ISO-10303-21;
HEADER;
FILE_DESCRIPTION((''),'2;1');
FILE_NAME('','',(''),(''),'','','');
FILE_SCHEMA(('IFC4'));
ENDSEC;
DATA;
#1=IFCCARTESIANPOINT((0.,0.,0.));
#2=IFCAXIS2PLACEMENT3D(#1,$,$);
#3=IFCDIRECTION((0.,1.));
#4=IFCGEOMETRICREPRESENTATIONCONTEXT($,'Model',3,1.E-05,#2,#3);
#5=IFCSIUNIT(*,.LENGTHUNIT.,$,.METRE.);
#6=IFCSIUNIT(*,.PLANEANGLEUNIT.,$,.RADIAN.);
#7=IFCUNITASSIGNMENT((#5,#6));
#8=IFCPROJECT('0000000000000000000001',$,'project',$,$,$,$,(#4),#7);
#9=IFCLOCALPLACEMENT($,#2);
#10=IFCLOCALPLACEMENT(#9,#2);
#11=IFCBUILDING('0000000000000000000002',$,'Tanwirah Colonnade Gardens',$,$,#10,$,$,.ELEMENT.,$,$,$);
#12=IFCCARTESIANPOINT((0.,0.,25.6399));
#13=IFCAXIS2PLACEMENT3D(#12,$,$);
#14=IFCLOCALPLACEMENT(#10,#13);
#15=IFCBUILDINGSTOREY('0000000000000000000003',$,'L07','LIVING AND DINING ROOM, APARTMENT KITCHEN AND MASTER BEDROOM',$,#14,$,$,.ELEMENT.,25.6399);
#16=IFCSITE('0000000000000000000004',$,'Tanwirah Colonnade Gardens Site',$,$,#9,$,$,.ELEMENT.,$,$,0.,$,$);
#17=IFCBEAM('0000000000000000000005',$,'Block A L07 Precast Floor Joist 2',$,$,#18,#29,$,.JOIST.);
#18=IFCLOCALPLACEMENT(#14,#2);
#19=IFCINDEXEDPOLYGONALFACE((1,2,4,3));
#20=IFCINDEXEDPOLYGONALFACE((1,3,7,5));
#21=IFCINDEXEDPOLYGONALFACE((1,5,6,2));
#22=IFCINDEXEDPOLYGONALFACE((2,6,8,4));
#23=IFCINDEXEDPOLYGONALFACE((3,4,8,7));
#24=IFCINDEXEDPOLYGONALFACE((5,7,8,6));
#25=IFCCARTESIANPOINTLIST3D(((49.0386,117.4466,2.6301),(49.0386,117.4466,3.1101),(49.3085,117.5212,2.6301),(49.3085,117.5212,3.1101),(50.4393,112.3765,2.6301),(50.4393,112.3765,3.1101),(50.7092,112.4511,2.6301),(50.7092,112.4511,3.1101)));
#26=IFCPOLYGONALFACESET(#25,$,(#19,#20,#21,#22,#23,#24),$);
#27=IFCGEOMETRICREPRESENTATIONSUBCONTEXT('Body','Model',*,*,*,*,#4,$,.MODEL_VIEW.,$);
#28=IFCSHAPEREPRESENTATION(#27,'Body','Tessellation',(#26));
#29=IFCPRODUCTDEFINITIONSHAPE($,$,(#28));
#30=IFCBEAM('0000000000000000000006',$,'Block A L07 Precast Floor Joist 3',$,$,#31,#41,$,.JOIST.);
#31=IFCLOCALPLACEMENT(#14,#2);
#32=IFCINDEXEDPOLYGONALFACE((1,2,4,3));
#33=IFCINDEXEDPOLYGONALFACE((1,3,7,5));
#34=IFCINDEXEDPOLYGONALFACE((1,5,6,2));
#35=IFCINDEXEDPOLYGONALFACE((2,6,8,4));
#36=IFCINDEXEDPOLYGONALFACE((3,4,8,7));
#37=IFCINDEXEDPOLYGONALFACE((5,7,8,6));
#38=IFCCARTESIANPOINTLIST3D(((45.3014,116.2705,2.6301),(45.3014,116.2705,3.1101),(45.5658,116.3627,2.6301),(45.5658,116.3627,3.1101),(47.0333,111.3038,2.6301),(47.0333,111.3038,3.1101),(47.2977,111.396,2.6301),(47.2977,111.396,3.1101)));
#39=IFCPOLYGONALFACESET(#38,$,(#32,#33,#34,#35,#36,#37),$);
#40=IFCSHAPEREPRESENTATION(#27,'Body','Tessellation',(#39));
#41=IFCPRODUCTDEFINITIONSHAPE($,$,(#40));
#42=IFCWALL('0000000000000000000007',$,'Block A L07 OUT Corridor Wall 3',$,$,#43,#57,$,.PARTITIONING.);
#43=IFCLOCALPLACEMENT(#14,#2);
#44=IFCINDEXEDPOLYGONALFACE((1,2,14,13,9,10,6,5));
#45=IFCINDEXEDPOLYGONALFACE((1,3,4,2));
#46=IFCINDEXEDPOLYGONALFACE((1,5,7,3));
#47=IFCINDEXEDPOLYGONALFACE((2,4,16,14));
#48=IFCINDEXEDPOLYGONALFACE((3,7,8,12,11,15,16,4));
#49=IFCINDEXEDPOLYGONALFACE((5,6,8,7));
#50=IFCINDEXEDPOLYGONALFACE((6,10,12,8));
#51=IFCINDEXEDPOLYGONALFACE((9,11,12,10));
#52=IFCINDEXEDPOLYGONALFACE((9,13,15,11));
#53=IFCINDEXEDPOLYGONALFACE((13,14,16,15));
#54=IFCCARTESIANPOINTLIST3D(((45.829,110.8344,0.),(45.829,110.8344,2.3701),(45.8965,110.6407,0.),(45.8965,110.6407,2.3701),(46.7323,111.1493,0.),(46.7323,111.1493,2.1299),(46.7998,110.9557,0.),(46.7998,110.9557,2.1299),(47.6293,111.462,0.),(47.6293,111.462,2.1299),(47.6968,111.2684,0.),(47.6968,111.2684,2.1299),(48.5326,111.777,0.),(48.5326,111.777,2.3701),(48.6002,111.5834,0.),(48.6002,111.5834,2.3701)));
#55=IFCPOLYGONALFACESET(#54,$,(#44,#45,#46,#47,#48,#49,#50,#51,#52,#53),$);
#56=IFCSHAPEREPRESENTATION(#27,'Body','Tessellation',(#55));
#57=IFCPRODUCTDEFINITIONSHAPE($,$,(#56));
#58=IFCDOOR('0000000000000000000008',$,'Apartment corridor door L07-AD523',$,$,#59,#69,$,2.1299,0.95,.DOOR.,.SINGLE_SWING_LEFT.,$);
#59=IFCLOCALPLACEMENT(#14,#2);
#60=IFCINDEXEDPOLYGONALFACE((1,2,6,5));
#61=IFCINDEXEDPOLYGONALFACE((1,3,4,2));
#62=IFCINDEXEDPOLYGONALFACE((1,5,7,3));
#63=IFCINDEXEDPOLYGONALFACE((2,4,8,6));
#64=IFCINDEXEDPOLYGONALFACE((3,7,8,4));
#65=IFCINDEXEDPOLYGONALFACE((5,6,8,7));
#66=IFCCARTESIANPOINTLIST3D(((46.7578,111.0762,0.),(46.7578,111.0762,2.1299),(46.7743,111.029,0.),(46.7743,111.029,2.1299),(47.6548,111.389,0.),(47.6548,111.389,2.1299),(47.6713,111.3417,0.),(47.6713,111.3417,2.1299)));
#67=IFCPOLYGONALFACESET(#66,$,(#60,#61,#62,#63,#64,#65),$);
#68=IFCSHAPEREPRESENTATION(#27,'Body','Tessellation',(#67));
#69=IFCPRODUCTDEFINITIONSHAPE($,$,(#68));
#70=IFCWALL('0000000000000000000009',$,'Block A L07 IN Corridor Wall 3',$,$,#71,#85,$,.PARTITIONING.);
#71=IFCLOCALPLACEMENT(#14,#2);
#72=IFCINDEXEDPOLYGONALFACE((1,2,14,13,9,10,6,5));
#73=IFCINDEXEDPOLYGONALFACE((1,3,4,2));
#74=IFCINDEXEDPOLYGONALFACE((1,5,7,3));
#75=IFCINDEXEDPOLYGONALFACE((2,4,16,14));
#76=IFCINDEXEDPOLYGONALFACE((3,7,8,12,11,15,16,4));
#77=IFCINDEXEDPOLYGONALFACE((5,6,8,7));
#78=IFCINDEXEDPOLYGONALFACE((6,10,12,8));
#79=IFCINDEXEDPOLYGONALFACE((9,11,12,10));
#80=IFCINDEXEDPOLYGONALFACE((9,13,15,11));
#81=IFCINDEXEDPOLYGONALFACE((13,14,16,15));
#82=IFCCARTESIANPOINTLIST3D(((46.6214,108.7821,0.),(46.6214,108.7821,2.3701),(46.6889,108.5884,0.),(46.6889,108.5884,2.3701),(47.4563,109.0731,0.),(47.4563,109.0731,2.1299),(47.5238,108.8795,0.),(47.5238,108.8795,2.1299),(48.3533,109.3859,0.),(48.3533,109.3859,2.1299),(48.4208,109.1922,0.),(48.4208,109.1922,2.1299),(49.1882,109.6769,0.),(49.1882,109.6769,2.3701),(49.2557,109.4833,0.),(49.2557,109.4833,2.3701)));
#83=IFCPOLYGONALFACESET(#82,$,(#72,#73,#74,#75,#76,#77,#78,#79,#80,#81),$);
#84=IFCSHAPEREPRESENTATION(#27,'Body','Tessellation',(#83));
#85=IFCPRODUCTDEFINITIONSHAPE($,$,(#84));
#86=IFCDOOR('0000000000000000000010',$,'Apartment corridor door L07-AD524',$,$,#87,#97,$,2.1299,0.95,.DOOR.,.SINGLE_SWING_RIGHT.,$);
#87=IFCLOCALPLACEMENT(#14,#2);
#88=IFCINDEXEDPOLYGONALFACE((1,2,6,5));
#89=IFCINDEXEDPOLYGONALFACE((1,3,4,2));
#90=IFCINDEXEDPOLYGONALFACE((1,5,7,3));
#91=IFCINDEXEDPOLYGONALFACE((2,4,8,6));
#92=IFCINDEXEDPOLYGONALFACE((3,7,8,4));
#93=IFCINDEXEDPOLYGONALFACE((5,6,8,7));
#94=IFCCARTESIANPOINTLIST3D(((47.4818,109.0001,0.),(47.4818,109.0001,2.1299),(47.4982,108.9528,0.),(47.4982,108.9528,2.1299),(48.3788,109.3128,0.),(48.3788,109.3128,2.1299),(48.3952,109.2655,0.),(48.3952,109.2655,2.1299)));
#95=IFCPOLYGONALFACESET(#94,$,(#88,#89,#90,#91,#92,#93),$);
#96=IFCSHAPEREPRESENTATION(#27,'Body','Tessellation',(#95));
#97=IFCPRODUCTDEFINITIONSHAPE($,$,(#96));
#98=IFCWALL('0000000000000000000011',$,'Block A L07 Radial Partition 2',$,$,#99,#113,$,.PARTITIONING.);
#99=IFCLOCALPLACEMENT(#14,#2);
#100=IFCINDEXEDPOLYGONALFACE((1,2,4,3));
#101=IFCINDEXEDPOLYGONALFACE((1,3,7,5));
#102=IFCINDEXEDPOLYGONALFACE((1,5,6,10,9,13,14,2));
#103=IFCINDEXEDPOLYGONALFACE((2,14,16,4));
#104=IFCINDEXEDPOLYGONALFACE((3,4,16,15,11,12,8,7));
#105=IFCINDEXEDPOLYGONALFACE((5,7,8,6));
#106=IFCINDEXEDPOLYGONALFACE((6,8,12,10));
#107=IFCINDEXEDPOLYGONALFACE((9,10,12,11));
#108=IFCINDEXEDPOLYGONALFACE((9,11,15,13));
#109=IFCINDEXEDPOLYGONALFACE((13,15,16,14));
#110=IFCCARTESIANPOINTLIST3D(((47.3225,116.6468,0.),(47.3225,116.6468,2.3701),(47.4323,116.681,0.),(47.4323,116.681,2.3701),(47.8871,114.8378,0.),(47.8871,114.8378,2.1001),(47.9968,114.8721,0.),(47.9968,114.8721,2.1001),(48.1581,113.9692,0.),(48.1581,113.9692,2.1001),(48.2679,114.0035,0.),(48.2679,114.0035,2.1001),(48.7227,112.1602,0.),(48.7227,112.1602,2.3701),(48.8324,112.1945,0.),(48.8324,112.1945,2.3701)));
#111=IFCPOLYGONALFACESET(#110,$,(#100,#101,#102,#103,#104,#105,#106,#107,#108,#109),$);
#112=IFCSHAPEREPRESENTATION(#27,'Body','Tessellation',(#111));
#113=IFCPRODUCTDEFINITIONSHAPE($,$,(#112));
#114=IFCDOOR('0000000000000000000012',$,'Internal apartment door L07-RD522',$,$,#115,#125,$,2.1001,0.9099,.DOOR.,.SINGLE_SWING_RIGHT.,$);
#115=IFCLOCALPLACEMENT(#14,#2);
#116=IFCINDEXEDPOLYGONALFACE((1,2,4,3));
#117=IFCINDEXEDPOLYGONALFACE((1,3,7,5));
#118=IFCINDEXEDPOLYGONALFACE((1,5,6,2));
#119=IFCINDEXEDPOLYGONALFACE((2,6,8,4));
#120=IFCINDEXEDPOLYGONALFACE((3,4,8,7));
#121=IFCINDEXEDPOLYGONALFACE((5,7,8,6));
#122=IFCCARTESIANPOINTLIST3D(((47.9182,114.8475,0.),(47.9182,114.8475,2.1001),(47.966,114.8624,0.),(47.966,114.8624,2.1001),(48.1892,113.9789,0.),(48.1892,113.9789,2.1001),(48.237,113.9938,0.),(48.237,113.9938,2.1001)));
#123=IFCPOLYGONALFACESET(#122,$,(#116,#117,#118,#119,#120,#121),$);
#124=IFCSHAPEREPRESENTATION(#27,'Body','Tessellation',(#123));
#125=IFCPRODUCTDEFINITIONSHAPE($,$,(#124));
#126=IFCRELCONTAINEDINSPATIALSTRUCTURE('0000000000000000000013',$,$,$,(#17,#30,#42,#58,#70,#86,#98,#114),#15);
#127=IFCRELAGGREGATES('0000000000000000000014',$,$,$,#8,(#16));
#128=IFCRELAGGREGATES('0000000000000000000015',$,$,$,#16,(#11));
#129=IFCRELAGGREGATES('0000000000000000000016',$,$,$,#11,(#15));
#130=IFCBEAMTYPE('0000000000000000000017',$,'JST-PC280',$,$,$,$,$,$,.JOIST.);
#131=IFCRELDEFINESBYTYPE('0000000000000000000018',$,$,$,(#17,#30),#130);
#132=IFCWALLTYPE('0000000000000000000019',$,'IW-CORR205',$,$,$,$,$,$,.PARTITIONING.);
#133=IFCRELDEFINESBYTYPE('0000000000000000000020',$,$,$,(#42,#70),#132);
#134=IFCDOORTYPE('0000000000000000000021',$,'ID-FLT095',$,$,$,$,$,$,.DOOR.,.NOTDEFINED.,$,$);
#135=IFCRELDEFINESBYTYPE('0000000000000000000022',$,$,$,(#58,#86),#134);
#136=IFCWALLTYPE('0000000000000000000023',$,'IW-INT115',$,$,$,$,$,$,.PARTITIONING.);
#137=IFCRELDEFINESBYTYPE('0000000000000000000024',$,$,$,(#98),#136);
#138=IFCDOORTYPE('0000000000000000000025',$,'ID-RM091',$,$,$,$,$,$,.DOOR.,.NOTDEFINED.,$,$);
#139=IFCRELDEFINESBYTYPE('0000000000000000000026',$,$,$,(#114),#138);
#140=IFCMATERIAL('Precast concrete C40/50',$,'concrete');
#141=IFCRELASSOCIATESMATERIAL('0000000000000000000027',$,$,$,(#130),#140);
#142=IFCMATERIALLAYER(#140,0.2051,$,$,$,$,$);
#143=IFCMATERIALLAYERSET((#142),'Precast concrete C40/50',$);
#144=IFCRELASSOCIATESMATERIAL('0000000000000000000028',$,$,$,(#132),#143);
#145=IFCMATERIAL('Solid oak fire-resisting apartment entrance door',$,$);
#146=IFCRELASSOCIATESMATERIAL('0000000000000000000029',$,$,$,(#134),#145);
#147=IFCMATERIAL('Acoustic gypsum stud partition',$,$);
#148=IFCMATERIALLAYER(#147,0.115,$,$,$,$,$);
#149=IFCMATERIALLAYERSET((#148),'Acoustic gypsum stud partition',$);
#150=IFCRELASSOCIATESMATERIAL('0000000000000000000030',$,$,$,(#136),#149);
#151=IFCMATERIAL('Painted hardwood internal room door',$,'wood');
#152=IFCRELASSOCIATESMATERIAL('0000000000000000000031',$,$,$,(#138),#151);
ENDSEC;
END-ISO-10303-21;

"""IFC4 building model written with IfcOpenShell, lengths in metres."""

from ifc_helpers import new_model, si_unit, direction, frame, frame_2d, origin, origin_2d, place, context, subcontext, project, spatial, rectangle, extrude, material, layer, layer_set, material_profile, profile_set, type_object, element, fill, save


model = new_model("IFC4")

# Units and contexts
model_context = context("Model", 3, precision=1e-05, world=origin(), true_north=direction((0.0, 1.0)))
body_context = subcontext(model_context, "Body", "Model", "MODEL_VIEW")
ifc_project = project(units=[si_unit("LENGTHUNIT", "METRE"), si_unit("PLANEANGLEUNIT", "RADIAN")], contexts=[model_context])

# Site, building, storey
site_placement = place(None, origin())
site = spatial("IfcSite", under=ifc_project, at=site_placement, Name="Tanwirah Colonnade Gardens Site", CompositionType="ELEMENT", RefElevation=0.0)
building_placement = place(site_placement, origin())
building = spatial("IfcBuilding", under=site, at=building_placement, Name="Tanwirah Colonnade Gardens", CompositionType="ELEMENT")
storey_placement = place(building_placement, frame((0.0, 0.0, 25.6399)))
storey = spatial("IfcBuildingStorey", under=building, at=storey_placement, Name="L07", Description="LIVING AND DINING ROOM, APARTMENT KITCHEN AND MASTER BEDROOM", CompositionType="ELEMENT", Elevation=25.6399)

# Shared definitions
ifc_material_1 = material(Name="Precast concrete C40/50", Category="concrete")

# Beams
ifc_material_profile_1 = material_profile(ifc_material_1, rectangle(XDim=0.28, YDim=0.48, at=origin_2d()), Name="PC-JST 280x480")
ifc_profile_set_1 = profile_set([ifc_material_profile_1], Name="Precast concrete C40/50")
beam_type_1 = type_object("IfcBeamType", Name="JST-PC280", PredefinedType="JOIST", material=ifc_profile_set_1)
for number, where, z_axis, x_axis, name in (
    (1, (50.5742, 112.4138, 2.8701), (-0.266281, 0.963895, 0.0), (-0.963895, -0.266281, 0.0), "Block A L07 Precast Floor Joist 2"),
    (2, (47.1655, 111.3499, 2.8701), (-0.329259, 0.94424, 0.0), (-0.94424, -0.329259, 0.0), "Block A L07 Precast Floor Joist 3"),
):
    element("IfcBeam", number, at=place(storey_placement, frame(where, z_axis=z_axis, x_axis=x_axis)), inside=storey, type_object=beam_type_1, Name=name, PredefinedType="JOIST", context=body_context, shape_type="SweptSolid", body=[
        extrude(rectangle(XDim=0.28, YDim=0.48, at=origin_2d()), origin(), (0.0, 0.0, 1.0), 5.26),
    ])

# Walls, openings, doors
ifc_layer_1 = layer(ifc_material_1, 0.2051)
ifc_layer_set_1 = layer_set([ifc_layer_1], Name="Precast concrete C40/50")
wall_type_1 = type_object("IfcWallType", Name="IW-CORR205", PredefinedType="PARTITIONING", material=ifc_layer_set_1)
ifc_material_2 = material(Name="Solid oak fire-resisting apartment entrance door")
wall_1_placement = place(storey_placement, frame((48.5664, 111.6802, 0.0), z_axis=(0.0, 0.0, 1.0), x_axis=(-0.944254, -0.329218, 0.0)))
wall_1 = element("IfcWall", 3, at=wall_1_placement, inside=storey, type_object=wall_type_1, Name="Block A L07 OUT Corridor Wall 3", PredefinedType="PARTITIONING", context=body_context, shape_type="SweptSolid", body=[
    extrude(rectangle(XDim=2.8633, YDim=0.2051, at=frame_2d((1.4316, 0.0))), origin(), (0.0, 0.0, 1.0), 2.3701),
])
opening_1_placement = place(wall_1_placement, frame((0.9565, 0.0, 0.0)))
opening_1 = element("IfcOpeningElement", 4, at=opening_1_placement, cuts=wall_1, PredefinedType="OPENING", context=body_context, shape_type="SweptSolid", body=[
    extrude(rectangle(XDim=0.95, YDim=2.1299, at=frame_2d((0.4751, 1.0649))), frame((0.0, 0.1125, 0.0), z_axis=(0.0, -1.0, 0.0), x_axis=(1.0, 0.0, 0.0)), (0.0, 0.0, 1.0), 0.2251),
])
door_type_1 = type_object("IfcDoorType", Name="ID-FLT095", OperationType="NOTDEFINED", PredefinedType="DOOR", material=ifc_material_2)
door_1_placement = place(opening_1_placement, origin())
door_1 = element("IfcDoor", 5, at=door_1_placement, inside=storey, type_object=door_type_1, Name="Apartment corridor door L07-AD523", OperationType="SINGLE_SWING_LEFT", OverallHeight=2.1299, OverallWidth=0.95, PredefinedType="DOOR", context=body_context, shape_type="SweptSolid", body=[
    extrude(rectangle(XDim=0.95, YDim=2.1299, at=frame_2d((0.4751, 1.0649))), frame((0.0, 0.0249, 0.0), z_axis=(0.0, -1.0, 0.0), x_axis=(1.0, 0.0, 0.0)), (0.0, 0.0, 1.0), 0.05),
])
fill(opening_1, door_1)
wall_2_placement = place(storey_placement, frame((49.2219, 109.5801, 0.0), z_axis=(0.0, 0.0, 1.0), x_axis=(-0.944265, -0.329186, 0.0)))
wall_2 = element("IfcWall", 6, at=wall_2_placement, inside=storey, type_object=wall_type_1, Name="Block A L07 IN Corridor Wall 3", PredefinedType="PARTITIONING", context=body_context, shape_type="SweptSolid", body=[
    extrude(rectangle(XDim=2.7183, YDim=0.2051, at=frame_2d((1.3591, 0.0))), origin(), (0.0, 0.0, 1.0), 2.3701),
])
opening_2_placement = place(wall_2_placement, frame((0.884, 0.0, 0.0)))
opening_2 = element("IfcOpeningElement", 7, at=opening_2_placement, cuts=wall_2, PredefinedType="OPENING", context=body_context, shape_type="SweptSolid", body=[
    extrude(rectangle(XDim=0.95, YDim=2.1299, at=frame_2d((0.4751, 1.0649))), frame((0.0, 0.1125, 0.0), z_axis=(0.0, -1.0, 0.0), x_axis=(1.0, 0.0, 0.0)), (0.0, 0.0, 1.0), 0.2251),
])
door_2_placement = place(opening_2_placement, origin())
door_2 = element("IfcDoor", 8, at=door_2_placement, inside=storey, type_object=door_type_1, Name="Apartment corridor door L07-AD524", OperationType="SINGLE_SWING_RIGHT", OverallHeight=2.1299, OverallWidth=0.95, PredefinedType="DOOR", context=body_context, shape_type="SweptSolid", body=[
    extrude(rectangle(XDim=0.95, YDim=2.1299, at=frame_2d((0.4751, 1.0649))), frame((0.0, 0.0249, 0.0), z_axis=(0.0, -1.0, 0.0), x_axis=(1.0, 0.0, 0.0)), (0.0, 0.0, 1.0), 0.05),
])
fill(opening_2, door_2)
ifc_material_3 = material(Name="Acoustic gypsum stud partition")
ifc_layer_2 = layer(ifc_material_3, 0.115)
ifc_layer_set_2 = layer_set([ifc_layer_2], Name="Acoustic gypsum stud partition")
wall_type_2 = type_object("IfcWallType", Name="IW-INT115", PredefinedType="PARTITIONING", material=ifc_layer_set_2)
wall_3_placement = place(storey_placement, frame((48.7776, 112.1772, 0.0), z_axis=(0.0, 0.0, 1.0), x_axis=(-0.297905, 0.954595, 0.0)))
wall_3 = element("IfcWall", 9, at=wall_3_placement, inside=storey, type_object=wall_type_2, Name="Block A L07 Radial Partition 2", PredefinedType="PARTITIONING", context=body_context, shape_type="SweptSolid", body=[
    extrude(rectangle(XDim=4.7, YDim=0.115, at=frame_2d((2.3501, 0.0))), origin(), (0.0, 0.0, 1.0), 2.3701),
])
opening_3_placement = place(wall_3_placement, frame((1.895, 0.0, 0.0)))
opening_3 = element("IfcOpeningElement", 10, at=opening_3_placement, cuts=wall_3, PredefinedType="OPENING", context=body_context, shape_type="SweptSolid", body=[
    extrude(rectangle(XDim=0.9099, YDim=2.1001, at=frame_2d((0.4551, 1.05))), frame((0.0, 0.0674, 0.0), z_axis=(0.0, -1.0, 0.0), x_axis=(1.0, 0.0, 0.0)), (0.0, 0.0, 1.0), 0.135),
])
ifc_material_4 = material(Name="Painted hardwood internal room door", Category="wood")
door_type_2 = type_object("IfcDoorType", Name="ID-RM091", OperationType="NOTDEFINED", PredefinedType="DOOR", material=ifc_material_4)
door_3_placement = place(opening_3_placement, origin())
door_3 = element("IfcDoor", 11, at=door_3_placement, inside=storey, type_object=door_type_2, Name="Internal apartment door L07-RD522", OperationType="SINGLE_SWING_RIGHT", OverallHeight=2.1001, OverallWidth=0.9099, PredefinedType="DOOR", context=body_context, shape_type="SweptSolid", body=[
    extrude(rectangle(XDim=0.9099, YDim=2.1001, at=frame_2d((0.4551, 1.05))), frame((0.0, 0.0249, 0.0), z_axis=(0.0, -1.0, 0.0), x_axis=(1.0, 0.0, 0.0)), (0.0, 0.0, 1.0), 0.05),
])
fill(opening_3, door_3)

save(model, "model.ifc")
